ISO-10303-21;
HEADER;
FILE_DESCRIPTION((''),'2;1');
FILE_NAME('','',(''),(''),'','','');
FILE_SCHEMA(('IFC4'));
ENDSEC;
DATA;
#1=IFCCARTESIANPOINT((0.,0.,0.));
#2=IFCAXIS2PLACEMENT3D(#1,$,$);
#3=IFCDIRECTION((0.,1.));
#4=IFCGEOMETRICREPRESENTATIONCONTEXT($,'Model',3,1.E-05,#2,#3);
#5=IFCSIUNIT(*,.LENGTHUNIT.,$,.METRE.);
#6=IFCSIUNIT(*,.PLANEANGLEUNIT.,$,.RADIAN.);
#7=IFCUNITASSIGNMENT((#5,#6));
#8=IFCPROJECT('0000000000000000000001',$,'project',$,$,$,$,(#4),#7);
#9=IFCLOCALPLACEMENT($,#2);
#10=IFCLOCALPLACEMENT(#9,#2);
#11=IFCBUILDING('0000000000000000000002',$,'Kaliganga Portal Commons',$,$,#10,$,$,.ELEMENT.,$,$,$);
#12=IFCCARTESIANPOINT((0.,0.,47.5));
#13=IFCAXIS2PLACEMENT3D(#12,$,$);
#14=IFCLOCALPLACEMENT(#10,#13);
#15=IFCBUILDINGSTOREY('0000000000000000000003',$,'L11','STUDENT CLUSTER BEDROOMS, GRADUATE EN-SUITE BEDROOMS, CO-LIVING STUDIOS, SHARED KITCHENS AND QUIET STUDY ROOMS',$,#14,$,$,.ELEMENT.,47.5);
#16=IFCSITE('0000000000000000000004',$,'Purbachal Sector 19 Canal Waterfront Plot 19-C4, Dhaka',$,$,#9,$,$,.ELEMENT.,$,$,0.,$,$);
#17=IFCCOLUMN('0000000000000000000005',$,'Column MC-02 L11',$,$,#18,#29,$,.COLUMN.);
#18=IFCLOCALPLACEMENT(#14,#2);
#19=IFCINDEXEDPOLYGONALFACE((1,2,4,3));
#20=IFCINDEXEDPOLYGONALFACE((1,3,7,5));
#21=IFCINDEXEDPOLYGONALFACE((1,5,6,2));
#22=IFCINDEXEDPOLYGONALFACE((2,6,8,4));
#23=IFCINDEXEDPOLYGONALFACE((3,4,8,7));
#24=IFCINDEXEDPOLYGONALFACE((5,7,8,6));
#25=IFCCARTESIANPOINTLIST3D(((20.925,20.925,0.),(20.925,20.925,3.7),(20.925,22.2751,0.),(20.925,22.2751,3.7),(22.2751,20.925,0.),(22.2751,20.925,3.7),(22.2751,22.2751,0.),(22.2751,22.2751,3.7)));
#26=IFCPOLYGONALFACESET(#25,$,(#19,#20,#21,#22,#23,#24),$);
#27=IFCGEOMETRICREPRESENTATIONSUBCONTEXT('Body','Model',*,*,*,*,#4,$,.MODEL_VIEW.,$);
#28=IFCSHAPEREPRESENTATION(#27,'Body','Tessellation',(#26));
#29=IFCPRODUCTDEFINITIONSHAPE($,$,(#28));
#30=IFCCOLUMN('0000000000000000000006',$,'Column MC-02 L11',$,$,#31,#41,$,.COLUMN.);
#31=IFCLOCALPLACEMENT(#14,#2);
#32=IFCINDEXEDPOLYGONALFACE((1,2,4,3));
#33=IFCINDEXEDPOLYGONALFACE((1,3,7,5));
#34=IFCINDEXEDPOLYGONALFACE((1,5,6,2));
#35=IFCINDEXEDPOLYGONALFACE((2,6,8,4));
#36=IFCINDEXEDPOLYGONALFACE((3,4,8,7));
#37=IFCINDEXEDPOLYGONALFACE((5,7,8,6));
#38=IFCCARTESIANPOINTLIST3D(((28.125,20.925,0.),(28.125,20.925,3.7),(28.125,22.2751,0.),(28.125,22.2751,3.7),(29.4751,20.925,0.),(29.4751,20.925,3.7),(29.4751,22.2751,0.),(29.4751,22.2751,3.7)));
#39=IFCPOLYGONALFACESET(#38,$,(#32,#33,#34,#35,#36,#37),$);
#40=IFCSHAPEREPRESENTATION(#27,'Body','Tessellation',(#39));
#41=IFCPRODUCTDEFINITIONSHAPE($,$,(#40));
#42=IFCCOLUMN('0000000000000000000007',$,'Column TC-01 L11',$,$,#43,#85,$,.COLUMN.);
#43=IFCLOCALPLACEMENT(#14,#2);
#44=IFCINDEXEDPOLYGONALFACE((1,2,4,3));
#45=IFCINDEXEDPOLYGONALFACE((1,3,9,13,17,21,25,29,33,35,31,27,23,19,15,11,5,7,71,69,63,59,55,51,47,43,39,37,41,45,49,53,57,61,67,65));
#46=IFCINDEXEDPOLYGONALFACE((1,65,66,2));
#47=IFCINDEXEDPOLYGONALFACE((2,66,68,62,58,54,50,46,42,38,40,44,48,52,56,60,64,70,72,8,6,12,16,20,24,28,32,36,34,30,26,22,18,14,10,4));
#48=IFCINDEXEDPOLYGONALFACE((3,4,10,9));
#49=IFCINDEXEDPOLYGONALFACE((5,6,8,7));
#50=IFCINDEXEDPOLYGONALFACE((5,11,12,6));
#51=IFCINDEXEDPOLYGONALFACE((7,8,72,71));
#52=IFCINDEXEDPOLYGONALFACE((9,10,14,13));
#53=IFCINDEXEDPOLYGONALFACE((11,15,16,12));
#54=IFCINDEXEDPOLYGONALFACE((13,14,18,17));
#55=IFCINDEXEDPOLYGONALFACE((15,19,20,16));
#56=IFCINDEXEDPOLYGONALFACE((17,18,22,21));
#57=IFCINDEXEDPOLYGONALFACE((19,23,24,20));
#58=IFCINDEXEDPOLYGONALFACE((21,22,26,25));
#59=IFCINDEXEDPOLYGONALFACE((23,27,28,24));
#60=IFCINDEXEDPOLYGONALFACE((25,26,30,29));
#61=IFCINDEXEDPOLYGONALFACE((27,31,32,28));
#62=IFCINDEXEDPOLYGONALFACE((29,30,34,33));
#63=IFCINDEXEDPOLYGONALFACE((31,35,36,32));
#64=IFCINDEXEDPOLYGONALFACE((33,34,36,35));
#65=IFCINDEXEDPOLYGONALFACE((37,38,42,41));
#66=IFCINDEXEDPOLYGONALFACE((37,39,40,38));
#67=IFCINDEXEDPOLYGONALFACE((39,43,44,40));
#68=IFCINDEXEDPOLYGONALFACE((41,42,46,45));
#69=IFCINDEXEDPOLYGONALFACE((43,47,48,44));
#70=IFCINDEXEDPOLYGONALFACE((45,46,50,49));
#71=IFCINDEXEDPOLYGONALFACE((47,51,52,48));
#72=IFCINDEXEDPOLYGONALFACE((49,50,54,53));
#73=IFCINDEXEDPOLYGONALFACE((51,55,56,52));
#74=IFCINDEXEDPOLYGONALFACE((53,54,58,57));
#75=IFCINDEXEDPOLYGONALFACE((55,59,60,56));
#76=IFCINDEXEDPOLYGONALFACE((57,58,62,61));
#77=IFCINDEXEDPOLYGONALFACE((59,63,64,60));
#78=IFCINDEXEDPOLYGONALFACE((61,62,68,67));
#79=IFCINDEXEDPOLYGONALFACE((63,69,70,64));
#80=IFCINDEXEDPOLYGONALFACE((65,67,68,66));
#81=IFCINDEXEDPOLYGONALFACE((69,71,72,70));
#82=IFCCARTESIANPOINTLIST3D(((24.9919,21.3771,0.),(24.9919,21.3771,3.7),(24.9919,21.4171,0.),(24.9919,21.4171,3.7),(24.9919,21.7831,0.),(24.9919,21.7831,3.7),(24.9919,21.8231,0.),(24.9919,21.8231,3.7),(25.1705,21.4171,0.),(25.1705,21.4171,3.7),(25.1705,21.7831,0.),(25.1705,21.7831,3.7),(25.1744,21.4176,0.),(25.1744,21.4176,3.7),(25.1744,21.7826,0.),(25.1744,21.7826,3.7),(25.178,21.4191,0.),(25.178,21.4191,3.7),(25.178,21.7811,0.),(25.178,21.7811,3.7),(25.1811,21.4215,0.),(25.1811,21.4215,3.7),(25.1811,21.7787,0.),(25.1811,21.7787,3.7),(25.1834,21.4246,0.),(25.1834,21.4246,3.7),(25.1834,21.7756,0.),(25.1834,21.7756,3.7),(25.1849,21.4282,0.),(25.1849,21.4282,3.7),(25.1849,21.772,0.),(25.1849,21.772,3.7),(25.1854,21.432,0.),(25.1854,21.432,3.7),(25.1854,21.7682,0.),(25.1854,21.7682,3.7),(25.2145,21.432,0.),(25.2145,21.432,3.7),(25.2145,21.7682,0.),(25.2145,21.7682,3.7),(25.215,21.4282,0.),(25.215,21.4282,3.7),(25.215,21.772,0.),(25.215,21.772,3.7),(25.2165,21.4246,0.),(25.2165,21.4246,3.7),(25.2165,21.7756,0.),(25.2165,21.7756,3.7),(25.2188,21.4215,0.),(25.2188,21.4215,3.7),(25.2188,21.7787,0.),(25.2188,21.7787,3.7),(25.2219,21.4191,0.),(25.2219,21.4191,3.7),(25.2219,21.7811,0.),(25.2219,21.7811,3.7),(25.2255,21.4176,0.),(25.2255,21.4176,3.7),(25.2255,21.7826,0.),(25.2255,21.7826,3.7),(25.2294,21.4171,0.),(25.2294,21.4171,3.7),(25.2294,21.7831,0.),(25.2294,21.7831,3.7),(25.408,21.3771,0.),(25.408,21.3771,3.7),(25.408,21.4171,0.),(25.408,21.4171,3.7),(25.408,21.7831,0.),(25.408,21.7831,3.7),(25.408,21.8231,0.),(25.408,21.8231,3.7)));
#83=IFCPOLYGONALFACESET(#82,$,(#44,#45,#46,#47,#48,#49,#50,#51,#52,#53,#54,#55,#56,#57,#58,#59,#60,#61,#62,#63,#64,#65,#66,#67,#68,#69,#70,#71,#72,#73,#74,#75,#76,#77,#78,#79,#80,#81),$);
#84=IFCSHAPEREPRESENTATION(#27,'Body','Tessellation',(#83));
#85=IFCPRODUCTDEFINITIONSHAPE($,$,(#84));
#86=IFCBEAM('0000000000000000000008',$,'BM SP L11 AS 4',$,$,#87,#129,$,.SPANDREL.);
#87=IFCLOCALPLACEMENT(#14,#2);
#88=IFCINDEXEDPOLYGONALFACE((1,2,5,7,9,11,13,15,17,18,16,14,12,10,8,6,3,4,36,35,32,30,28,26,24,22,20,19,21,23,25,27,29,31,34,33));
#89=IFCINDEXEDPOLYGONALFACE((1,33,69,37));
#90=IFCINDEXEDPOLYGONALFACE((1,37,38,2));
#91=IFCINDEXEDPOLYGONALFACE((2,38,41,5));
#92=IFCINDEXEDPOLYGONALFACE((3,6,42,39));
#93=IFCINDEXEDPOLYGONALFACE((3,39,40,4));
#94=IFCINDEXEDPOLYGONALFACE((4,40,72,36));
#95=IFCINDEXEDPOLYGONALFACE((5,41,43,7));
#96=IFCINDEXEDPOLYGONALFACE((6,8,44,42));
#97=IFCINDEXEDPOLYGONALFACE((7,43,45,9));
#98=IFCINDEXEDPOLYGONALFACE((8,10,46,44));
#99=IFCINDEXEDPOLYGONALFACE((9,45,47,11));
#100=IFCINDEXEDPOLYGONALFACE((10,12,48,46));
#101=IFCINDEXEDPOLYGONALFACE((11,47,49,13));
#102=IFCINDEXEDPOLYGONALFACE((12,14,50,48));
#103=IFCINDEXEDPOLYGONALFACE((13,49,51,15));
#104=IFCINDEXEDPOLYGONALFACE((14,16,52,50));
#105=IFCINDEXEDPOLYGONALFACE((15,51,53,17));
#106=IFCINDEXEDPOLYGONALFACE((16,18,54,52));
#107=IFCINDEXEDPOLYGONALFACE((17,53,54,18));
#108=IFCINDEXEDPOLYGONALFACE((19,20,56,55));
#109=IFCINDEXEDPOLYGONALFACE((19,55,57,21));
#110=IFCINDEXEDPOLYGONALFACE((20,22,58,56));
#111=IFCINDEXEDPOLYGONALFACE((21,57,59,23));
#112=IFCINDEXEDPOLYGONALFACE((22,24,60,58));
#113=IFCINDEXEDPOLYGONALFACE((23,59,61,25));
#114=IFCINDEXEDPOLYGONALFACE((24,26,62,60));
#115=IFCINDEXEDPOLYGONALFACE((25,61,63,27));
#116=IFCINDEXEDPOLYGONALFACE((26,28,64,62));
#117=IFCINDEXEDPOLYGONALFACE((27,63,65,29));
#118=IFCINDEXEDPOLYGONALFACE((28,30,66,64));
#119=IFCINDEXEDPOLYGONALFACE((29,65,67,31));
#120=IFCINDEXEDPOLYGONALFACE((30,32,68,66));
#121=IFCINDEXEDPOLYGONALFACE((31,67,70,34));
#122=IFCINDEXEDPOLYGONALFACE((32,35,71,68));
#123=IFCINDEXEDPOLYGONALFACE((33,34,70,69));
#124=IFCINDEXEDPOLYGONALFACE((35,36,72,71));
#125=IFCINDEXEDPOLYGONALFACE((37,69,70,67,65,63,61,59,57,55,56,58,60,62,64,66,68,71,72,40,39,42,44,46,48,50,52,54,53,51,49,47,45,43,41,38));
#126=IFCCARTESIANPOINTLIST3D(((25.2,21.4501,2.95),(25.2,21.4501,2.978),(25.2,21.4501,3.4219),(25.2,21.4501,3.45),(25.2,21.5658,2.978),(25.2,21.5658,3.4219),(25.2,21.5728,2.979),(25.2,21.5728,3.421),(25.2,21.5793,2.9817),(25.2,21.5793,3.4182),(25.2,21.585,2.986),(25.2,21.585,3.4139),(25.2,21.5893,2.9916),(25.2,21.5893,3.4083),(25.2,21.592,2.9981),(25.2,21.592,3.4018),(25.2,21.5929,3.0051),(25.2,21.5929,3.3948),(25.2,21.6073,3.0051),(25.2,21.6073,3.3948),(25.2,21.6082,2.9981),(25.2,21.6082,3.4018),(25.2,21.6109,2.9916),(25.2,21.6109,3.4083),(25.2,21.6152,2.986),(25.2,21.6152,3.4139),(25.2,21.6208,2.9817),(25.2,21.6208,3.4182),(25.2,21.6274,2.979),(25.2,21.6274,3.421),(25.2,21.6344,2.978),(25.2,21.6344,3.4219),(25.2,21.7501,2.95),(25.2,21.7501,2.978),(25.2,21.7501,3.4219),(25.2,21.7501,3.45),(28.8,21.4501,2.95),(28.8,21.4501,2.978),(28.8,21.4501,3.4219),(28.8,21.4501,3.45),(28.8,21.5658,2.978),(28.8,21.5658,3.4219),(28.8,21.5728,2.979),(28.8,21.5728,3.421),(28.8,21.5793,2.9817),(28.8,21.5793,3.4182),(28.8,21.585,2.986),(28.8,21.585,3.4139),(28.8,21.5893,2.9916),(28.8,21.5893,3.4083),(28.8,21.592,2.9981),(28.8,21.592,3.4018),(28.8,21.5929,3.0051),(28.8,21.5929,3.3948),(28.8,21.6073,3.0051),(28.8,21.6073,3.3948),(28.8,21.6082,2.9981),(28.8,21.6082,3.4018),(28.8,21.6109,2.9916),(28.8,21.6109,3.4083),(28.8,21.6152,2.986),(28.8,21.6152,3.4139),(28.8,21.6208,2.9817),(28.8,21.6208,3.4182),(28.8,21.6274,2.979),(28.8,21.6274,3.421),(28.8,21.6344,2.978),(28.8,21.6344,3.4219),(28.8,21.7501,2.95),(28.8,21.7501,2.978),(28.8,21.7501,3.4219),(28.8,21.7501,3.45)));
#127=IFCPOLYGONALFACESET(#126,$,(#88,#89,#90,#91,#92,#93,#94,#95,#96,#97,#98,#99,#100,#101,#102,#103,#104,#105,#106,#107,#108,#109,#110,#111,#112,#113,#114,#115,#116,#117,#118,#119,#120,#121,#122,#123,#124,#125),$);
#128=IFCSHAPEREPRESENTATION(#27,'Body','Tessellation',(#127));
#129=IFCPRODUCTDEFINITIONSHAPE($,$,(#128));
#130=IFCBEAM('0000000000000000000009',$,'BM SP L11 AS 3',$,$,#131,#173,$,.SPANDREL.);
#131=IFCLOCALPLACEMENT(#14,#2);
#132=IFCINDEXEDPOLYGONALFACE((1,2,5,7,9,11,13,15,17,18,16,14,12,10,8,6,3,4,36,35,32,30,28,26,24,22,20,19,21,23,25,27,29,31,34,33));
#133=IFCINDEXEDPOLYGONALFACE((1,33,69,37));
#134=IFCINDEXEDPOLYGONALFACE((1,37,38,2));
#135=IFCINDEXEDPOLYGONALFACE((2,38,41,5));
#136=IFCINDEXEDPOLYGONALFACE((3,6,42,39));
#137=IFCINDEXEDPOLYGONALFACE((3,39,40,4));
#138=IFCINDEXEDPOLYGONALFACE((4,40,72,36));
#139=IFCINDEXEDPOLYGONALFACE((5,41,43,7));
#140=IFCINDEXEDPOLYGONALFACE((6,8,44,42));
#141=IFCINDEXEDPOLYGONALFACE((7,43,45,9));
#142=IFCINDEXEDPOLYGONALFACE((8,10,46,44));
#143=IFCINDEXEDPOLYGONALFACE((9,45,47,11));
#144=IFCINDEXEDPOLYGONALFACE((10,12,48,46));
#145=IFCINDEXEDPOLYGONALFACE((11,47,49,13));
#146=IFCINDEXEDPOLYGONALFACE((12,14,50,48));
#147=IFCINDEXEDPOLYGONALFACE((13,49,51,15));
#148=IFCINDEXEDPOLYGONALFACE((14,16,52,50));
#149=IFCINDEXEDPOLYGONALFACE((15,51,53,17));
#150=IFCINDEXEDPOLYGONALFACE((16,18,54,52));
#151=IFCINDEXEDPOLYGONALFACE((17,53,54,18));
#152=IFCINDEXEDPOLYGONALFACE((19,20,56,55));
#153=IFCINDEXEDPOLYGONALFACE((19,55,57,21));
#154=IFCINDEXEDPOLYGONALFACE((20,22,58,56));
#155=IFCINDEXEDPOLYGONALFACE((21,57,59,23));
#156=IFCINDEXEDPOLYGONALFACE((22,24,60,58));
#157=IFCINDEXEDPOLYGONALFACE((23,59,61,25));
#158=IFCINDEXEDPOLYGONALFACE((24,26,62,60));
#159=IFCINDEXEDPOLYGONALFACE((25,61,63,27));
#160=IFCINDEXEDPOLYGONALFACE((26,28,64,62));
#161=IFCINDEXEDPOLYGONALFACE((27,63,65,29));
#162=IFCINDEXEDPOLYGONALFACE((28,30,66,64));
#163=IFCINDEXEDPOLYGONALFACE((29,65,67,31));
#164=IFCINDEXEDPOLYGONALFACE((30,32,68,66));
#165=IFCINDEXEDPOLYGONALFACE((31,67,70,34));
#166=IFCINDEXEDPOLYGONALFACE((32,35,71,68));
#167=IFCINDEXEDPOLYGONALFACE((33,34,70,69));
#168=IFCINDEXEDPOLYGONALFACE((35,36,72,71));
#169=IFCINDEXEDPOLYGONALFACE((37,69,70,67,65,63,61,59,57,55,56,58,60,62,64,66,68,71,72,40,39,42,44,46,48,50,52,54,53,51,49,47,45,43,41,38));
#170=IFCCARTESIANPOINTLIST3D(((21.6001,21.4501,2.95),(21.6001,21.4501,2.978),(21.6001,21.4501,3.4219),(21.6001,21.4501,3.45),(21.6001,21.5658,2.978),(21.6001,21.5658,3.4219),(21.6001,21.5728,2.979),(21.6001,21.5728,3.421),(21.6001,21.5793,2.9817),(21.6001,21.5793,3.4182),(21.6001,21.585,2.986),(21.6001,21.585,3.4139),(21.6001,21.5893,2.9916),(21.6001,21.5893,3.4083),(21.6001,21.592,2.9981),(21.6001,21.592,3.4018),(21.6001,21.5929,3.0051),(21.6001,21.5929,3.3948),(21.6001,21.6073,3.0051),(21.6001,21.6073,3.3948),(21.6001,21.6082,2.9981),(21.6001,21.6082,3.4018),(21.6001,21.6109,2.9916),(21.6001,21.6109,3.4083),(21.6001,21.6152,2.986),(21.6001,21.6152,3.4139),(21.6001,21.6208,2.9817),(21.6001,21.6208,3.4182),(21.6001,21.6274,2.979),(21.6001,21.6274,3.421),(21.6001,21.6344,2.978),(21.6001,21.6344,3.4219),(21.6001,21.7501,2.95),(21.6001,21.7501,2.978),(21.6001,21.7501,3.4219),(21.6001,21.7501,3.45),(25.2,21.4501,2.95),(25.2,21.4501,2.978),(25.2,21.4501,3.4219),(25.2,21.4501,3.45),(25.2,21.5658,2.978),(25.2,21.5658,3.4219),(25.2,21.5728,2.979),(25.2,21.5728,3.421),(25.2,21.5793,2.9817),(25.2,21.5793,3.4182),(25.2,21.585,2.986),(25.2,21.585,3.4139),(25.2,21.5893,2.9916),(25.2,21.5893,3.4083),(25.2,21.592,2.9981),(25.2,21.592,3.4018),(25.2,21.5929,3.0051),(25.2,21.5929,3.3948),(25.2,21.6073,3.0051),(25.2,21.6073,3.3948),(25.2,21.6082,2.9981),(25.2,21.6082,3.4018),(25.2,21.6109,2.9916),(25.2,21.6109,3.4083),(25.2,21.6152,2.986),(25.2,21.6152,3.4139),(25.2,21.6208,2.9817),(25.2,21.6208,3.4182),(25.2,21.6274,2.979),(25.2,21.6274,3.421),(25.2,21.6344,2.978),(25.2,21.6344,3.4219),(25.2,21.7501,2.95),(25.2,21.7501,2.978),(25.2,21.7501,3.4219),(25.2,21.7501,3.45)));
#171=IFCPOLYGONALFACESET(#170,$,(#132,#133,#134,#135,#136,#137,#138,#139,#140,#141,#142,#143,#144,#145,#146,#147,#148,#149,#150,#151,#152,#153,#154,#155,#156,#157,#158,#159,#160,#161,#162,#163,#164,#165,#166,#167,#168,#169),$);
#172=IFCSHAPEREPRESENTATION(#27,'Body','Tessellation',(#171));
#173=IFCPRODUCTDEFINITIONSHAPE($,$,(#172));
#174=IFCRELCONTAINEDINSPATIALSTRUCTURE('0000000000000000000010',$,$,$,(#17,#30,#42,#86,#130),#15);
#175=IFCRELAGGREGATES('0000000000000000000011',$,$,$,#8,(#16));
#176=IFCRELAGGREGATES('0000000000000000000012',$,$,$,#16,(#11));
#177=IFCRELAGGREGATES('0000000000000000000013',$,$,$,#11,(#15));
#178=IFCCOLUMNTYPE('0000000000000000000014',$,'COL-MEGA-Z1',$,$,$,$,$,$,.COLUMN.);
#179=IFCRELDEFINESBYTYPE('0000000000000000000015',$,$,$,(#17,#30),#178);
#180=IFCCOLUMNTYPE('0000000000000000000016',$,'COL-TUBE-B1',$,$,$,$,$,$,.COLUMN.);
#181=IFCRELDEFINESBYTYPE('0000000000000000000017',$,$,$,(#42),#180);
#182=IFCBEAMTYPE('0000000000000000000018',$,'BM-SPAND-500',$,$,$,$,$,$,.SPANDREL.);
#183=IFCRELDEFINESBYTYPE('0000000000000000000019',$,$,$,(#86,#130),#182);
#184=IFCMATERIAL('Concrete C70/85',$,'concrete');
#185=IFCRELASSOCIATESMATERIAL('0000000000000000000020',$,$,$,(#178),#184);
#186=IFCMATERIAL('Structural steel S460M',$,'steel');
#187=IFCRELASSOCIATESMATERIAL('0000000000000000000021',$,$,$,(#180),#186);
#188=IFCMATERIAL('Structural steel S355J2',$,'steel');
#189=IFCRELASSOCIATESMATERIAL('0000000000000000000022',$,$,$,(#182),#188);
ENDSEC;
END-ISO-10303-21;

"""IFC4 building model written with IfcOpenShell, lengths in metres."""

from ifc_helpers import new_model, si_unit, direction, frame, origin, origin_2d, place, context, subcontext, project, spatial, rectangle, i_section, extrude, source, transform, mapped, material, material_profile, profile_set, type_object, element, save


model = new_model("IFC4")

# Units and contexts
model_context = context("Model", 3, precision=1e-05, world=origin(), true_north=direction((0.0, 1.0)))
body_context = subcontext(model_context, "Body", "Model", "MODEL_VIEW")
ifc_project = project(units=[si_unit("LENGTHUNIT", "METRE"), si_unit("PLANEANGLEUNIT", "RADIAN")], contexts=[model_context])

# Site, building, storey
site_placement = place(None, origin())
site = spatial("IfcSite", under=ifc_project, at=site_placement, Name="Purbachal Sector 19 Canal Waterfront Plot 19-C4, Dhaka", CompositionType="ELEMENT", RefElevation=0.0)
building_placement = place(site_placement, origin())
building = spatial("IfcBuilding", under=site, at=building_placement, Name="Kaliganga Portal Commons", CompositionType="ELEMENT")
storey_placement = place(building_placement, frame((0.0, 0.0, 47.5)))
storey = spatial("IfcBuildingStorey", under=building, at=storey_placement, Name="L11", Description="STUDENT CLUSTER BEDROOMS, GRADUATE EN-SUITE BEDROOMS, CO-LIVING STUDIOS, SHARED KITCHENS AND QUIET STUDY ROOMS", CompositionType="ELEMENT", Elevation=47.5)

# Columns
ifc_material_1 = material(Name="Concrete C70/85", Category="concrete")
ifc_material_profile_1 = material_profile(ifc_material_1, rectangle(XDim=1.3501, YDim=1.3501, at=origin_2d()), Name="RC 1350x1350")
ifc_profile_set_1 = profile_set([ifc_material_profile_1], Name="Concrete C70/85")
column_type_1 = type_object("IfcColumnType", Name="COL-MEGA-Z1", PredefinedType="COLUMN", material=ifc_profile_set_1)
shared_shape_1 = source(origin(), body_context, "Body", "SweptSolid", [
    extrude(rectangle(XDim=1.3501, YDim=1.3501, at=origin_2d()), origin(), (0.0, 0.0, 1.0), 3.7),
])
for number, where, z_axis, x_axis, name in (
    (1, (21.6001, 21.6001, 0.0), (0.0, 0.0, 1.0), (1.0, 0.0, 0.0), "Column MC-02 L11"),
    (2, (28.8, 21.6001, 0.0), (0.0, 0.0, 1.0), (1.0, 0.0, 0.0), "Column MC-02 L11"),
):
    element("IfcColumn", number, at=place(storey_placement, frame(where, z_axis=z_axis, x_axis=x_axis)), inside=storey, type_object=column_type_1, Name=name, PredefinedType="COLUMN", context=body_context, shape_type="MappedRepresentation", body=[
        mapped(shared_shape_1, transform((0.0, 0.0, 0.0), x_axis=(1.0, 0.0, 0.0), y_axis=(0.0, 1.0, 0.0), z_axis=(0.0, 0.0, 1.0), scale=1.0)),
    ])
ifc_material_2 = material(Name="Structural steel S460M", Category="steel")
ifc_material_profile_2 = material_profile(ifc_material_2, i_section(OverallWidth=0.416, OverallDepth=0.446, WebThickness=0.0291, FlangeThickness=0.04, FilletRadius=0.0149, at=origin_2d()), Name="HD 400x509")
ifc_profile_set_2 = profile_set([ifc_material_profile_2], Name="Structural steel S460M wide-flange")
column_type_2 = type_object("IfcColumnType", Name="COL-TUBE-B1", PredefinedType="COLUMN", material=ifc_profile_set_2)
shared_shape_2 = source(origin(), body_context, "Body", "SweptSolid", [
    extrude(i_section(OverallWidth=0.416, OverallDepth=0.446, WebThickness=0.0291, FlangeThickness=0.04, FilletRadius=0.0149, at=origin_2d()), origin(), (0.0, 0.0, 1.0), 3.7),
])
column_placement = place(storey_placement, frame((25.2, 21.6001, 0.0), z_axis=(0.0, 0.0, 1.0), x_axis=(1.0, 0.0, 0.0)))
element("IfcColumn", 3, at=column_placement, inside=storey, type_object=column_type_2, Name="Column TC-01 L11", PredefinedType="COLUMN", context=body_context, shape_type="MappedRepresentation", body=[
    mapped(shared_shape_2, transform((0.0, 0.0, 0.0), x_axis=(1.0, 0.0, 0.0), y_axis=(0.0, 1.0, 0.0), z_axis=(0.0, 0.0, 1.0), scale=1.0)),
])

# Beams
ifc_material_3 = material(Name="Structural steel S355J2", Category="steel")
ifc_material_profile_3 = material_profile(ifc_material_3, i_section(OverallWidth=0.3, OverallDepth=0.5, WebThickness=0.0144, FlangeThickness=0.0281, FilletRadius=0.0271, at=origin_2d()), Name="HE 500 B")
ifc_profile_set_3 = profile_set([ifc_material_profile_3], Name="Structural steel S355J2 wide-flange")
beam_type_1 = type_object("IfcBeamType", Name="BM-SPAND-500", PredefinedType="SPANDREL", material=ifc_profile_set_3)
shared_shape_3 = source(origin(), body_context, "Body", "SweptSolid", [
    extrude(i_section(OverallWidth=0.3, OverallDepth=0.5, WebThickness=0.0144, FlangeThickness=0.0281, FilletRadius=0.0271, at=origin_2d()), origin(), (0.0, 0.0, 1.0), 3.6001),
])
beam_1_placement = place(storey_placement, frame((25.2, 21.6001, 3.2), z_axis=(1.0, 0.0, 0.0), x_axis=(0.0, 1.0, 0.0)))
element("IfcBeam", 4, at=beam_1_placement, inside=storey, type_object=beam_type_1, Name="BM SP L11 AS 4", PredefinedType="SPANDREL", context=body_context, shape_type="MappedRepresentation", body=[
    mapped(shared_shape_3, transform((0.0, 0.0, 0.0), x_axis=(1.0, 0.0, 0.0), y_axis=(0.0, 1.0, 0.0), z_axis=(0.0, 0.0, 1.0), scale=1.0)),
])
shared_shape_4 = source(origin(), body_context, "Body", "SweptSolid", [
    extrude(i_section(OverallWidth=0.3, OverallDepth=0.5, WebThickness=0.0144, FlangeThickness=0.0281, FilletRadius=0.0271, at=origin_2d()), origin(), (0.0, 0.0, 1.0), 3.5999),
])
beam_2_placement = place(storey_placement, frame((21.6001, 21.6001, 3.2), z_axis=(1.0, 0.0, 0.0), x_axis=(0.0, 1.0, 0.0)))
element("IfcBeam", 5, at=beam_2_placement, inside=storey, type_object=beam_type_1, Name="BM SP L11 AS 3", PredefinedType="SPANDREL", context=body_context, shape_type="MappedRepresentation", body=[
    mapped(shared_shape_4, transform((0.0, 0.0, 0.0), x_axis=(1.0, 0.0, 0.0), y_axis=(0.0, 1.0, 0.0), z_axis=(0.0, 0.0, 1.0), scale=1.0)),
])

save(model, "model.ifc")
